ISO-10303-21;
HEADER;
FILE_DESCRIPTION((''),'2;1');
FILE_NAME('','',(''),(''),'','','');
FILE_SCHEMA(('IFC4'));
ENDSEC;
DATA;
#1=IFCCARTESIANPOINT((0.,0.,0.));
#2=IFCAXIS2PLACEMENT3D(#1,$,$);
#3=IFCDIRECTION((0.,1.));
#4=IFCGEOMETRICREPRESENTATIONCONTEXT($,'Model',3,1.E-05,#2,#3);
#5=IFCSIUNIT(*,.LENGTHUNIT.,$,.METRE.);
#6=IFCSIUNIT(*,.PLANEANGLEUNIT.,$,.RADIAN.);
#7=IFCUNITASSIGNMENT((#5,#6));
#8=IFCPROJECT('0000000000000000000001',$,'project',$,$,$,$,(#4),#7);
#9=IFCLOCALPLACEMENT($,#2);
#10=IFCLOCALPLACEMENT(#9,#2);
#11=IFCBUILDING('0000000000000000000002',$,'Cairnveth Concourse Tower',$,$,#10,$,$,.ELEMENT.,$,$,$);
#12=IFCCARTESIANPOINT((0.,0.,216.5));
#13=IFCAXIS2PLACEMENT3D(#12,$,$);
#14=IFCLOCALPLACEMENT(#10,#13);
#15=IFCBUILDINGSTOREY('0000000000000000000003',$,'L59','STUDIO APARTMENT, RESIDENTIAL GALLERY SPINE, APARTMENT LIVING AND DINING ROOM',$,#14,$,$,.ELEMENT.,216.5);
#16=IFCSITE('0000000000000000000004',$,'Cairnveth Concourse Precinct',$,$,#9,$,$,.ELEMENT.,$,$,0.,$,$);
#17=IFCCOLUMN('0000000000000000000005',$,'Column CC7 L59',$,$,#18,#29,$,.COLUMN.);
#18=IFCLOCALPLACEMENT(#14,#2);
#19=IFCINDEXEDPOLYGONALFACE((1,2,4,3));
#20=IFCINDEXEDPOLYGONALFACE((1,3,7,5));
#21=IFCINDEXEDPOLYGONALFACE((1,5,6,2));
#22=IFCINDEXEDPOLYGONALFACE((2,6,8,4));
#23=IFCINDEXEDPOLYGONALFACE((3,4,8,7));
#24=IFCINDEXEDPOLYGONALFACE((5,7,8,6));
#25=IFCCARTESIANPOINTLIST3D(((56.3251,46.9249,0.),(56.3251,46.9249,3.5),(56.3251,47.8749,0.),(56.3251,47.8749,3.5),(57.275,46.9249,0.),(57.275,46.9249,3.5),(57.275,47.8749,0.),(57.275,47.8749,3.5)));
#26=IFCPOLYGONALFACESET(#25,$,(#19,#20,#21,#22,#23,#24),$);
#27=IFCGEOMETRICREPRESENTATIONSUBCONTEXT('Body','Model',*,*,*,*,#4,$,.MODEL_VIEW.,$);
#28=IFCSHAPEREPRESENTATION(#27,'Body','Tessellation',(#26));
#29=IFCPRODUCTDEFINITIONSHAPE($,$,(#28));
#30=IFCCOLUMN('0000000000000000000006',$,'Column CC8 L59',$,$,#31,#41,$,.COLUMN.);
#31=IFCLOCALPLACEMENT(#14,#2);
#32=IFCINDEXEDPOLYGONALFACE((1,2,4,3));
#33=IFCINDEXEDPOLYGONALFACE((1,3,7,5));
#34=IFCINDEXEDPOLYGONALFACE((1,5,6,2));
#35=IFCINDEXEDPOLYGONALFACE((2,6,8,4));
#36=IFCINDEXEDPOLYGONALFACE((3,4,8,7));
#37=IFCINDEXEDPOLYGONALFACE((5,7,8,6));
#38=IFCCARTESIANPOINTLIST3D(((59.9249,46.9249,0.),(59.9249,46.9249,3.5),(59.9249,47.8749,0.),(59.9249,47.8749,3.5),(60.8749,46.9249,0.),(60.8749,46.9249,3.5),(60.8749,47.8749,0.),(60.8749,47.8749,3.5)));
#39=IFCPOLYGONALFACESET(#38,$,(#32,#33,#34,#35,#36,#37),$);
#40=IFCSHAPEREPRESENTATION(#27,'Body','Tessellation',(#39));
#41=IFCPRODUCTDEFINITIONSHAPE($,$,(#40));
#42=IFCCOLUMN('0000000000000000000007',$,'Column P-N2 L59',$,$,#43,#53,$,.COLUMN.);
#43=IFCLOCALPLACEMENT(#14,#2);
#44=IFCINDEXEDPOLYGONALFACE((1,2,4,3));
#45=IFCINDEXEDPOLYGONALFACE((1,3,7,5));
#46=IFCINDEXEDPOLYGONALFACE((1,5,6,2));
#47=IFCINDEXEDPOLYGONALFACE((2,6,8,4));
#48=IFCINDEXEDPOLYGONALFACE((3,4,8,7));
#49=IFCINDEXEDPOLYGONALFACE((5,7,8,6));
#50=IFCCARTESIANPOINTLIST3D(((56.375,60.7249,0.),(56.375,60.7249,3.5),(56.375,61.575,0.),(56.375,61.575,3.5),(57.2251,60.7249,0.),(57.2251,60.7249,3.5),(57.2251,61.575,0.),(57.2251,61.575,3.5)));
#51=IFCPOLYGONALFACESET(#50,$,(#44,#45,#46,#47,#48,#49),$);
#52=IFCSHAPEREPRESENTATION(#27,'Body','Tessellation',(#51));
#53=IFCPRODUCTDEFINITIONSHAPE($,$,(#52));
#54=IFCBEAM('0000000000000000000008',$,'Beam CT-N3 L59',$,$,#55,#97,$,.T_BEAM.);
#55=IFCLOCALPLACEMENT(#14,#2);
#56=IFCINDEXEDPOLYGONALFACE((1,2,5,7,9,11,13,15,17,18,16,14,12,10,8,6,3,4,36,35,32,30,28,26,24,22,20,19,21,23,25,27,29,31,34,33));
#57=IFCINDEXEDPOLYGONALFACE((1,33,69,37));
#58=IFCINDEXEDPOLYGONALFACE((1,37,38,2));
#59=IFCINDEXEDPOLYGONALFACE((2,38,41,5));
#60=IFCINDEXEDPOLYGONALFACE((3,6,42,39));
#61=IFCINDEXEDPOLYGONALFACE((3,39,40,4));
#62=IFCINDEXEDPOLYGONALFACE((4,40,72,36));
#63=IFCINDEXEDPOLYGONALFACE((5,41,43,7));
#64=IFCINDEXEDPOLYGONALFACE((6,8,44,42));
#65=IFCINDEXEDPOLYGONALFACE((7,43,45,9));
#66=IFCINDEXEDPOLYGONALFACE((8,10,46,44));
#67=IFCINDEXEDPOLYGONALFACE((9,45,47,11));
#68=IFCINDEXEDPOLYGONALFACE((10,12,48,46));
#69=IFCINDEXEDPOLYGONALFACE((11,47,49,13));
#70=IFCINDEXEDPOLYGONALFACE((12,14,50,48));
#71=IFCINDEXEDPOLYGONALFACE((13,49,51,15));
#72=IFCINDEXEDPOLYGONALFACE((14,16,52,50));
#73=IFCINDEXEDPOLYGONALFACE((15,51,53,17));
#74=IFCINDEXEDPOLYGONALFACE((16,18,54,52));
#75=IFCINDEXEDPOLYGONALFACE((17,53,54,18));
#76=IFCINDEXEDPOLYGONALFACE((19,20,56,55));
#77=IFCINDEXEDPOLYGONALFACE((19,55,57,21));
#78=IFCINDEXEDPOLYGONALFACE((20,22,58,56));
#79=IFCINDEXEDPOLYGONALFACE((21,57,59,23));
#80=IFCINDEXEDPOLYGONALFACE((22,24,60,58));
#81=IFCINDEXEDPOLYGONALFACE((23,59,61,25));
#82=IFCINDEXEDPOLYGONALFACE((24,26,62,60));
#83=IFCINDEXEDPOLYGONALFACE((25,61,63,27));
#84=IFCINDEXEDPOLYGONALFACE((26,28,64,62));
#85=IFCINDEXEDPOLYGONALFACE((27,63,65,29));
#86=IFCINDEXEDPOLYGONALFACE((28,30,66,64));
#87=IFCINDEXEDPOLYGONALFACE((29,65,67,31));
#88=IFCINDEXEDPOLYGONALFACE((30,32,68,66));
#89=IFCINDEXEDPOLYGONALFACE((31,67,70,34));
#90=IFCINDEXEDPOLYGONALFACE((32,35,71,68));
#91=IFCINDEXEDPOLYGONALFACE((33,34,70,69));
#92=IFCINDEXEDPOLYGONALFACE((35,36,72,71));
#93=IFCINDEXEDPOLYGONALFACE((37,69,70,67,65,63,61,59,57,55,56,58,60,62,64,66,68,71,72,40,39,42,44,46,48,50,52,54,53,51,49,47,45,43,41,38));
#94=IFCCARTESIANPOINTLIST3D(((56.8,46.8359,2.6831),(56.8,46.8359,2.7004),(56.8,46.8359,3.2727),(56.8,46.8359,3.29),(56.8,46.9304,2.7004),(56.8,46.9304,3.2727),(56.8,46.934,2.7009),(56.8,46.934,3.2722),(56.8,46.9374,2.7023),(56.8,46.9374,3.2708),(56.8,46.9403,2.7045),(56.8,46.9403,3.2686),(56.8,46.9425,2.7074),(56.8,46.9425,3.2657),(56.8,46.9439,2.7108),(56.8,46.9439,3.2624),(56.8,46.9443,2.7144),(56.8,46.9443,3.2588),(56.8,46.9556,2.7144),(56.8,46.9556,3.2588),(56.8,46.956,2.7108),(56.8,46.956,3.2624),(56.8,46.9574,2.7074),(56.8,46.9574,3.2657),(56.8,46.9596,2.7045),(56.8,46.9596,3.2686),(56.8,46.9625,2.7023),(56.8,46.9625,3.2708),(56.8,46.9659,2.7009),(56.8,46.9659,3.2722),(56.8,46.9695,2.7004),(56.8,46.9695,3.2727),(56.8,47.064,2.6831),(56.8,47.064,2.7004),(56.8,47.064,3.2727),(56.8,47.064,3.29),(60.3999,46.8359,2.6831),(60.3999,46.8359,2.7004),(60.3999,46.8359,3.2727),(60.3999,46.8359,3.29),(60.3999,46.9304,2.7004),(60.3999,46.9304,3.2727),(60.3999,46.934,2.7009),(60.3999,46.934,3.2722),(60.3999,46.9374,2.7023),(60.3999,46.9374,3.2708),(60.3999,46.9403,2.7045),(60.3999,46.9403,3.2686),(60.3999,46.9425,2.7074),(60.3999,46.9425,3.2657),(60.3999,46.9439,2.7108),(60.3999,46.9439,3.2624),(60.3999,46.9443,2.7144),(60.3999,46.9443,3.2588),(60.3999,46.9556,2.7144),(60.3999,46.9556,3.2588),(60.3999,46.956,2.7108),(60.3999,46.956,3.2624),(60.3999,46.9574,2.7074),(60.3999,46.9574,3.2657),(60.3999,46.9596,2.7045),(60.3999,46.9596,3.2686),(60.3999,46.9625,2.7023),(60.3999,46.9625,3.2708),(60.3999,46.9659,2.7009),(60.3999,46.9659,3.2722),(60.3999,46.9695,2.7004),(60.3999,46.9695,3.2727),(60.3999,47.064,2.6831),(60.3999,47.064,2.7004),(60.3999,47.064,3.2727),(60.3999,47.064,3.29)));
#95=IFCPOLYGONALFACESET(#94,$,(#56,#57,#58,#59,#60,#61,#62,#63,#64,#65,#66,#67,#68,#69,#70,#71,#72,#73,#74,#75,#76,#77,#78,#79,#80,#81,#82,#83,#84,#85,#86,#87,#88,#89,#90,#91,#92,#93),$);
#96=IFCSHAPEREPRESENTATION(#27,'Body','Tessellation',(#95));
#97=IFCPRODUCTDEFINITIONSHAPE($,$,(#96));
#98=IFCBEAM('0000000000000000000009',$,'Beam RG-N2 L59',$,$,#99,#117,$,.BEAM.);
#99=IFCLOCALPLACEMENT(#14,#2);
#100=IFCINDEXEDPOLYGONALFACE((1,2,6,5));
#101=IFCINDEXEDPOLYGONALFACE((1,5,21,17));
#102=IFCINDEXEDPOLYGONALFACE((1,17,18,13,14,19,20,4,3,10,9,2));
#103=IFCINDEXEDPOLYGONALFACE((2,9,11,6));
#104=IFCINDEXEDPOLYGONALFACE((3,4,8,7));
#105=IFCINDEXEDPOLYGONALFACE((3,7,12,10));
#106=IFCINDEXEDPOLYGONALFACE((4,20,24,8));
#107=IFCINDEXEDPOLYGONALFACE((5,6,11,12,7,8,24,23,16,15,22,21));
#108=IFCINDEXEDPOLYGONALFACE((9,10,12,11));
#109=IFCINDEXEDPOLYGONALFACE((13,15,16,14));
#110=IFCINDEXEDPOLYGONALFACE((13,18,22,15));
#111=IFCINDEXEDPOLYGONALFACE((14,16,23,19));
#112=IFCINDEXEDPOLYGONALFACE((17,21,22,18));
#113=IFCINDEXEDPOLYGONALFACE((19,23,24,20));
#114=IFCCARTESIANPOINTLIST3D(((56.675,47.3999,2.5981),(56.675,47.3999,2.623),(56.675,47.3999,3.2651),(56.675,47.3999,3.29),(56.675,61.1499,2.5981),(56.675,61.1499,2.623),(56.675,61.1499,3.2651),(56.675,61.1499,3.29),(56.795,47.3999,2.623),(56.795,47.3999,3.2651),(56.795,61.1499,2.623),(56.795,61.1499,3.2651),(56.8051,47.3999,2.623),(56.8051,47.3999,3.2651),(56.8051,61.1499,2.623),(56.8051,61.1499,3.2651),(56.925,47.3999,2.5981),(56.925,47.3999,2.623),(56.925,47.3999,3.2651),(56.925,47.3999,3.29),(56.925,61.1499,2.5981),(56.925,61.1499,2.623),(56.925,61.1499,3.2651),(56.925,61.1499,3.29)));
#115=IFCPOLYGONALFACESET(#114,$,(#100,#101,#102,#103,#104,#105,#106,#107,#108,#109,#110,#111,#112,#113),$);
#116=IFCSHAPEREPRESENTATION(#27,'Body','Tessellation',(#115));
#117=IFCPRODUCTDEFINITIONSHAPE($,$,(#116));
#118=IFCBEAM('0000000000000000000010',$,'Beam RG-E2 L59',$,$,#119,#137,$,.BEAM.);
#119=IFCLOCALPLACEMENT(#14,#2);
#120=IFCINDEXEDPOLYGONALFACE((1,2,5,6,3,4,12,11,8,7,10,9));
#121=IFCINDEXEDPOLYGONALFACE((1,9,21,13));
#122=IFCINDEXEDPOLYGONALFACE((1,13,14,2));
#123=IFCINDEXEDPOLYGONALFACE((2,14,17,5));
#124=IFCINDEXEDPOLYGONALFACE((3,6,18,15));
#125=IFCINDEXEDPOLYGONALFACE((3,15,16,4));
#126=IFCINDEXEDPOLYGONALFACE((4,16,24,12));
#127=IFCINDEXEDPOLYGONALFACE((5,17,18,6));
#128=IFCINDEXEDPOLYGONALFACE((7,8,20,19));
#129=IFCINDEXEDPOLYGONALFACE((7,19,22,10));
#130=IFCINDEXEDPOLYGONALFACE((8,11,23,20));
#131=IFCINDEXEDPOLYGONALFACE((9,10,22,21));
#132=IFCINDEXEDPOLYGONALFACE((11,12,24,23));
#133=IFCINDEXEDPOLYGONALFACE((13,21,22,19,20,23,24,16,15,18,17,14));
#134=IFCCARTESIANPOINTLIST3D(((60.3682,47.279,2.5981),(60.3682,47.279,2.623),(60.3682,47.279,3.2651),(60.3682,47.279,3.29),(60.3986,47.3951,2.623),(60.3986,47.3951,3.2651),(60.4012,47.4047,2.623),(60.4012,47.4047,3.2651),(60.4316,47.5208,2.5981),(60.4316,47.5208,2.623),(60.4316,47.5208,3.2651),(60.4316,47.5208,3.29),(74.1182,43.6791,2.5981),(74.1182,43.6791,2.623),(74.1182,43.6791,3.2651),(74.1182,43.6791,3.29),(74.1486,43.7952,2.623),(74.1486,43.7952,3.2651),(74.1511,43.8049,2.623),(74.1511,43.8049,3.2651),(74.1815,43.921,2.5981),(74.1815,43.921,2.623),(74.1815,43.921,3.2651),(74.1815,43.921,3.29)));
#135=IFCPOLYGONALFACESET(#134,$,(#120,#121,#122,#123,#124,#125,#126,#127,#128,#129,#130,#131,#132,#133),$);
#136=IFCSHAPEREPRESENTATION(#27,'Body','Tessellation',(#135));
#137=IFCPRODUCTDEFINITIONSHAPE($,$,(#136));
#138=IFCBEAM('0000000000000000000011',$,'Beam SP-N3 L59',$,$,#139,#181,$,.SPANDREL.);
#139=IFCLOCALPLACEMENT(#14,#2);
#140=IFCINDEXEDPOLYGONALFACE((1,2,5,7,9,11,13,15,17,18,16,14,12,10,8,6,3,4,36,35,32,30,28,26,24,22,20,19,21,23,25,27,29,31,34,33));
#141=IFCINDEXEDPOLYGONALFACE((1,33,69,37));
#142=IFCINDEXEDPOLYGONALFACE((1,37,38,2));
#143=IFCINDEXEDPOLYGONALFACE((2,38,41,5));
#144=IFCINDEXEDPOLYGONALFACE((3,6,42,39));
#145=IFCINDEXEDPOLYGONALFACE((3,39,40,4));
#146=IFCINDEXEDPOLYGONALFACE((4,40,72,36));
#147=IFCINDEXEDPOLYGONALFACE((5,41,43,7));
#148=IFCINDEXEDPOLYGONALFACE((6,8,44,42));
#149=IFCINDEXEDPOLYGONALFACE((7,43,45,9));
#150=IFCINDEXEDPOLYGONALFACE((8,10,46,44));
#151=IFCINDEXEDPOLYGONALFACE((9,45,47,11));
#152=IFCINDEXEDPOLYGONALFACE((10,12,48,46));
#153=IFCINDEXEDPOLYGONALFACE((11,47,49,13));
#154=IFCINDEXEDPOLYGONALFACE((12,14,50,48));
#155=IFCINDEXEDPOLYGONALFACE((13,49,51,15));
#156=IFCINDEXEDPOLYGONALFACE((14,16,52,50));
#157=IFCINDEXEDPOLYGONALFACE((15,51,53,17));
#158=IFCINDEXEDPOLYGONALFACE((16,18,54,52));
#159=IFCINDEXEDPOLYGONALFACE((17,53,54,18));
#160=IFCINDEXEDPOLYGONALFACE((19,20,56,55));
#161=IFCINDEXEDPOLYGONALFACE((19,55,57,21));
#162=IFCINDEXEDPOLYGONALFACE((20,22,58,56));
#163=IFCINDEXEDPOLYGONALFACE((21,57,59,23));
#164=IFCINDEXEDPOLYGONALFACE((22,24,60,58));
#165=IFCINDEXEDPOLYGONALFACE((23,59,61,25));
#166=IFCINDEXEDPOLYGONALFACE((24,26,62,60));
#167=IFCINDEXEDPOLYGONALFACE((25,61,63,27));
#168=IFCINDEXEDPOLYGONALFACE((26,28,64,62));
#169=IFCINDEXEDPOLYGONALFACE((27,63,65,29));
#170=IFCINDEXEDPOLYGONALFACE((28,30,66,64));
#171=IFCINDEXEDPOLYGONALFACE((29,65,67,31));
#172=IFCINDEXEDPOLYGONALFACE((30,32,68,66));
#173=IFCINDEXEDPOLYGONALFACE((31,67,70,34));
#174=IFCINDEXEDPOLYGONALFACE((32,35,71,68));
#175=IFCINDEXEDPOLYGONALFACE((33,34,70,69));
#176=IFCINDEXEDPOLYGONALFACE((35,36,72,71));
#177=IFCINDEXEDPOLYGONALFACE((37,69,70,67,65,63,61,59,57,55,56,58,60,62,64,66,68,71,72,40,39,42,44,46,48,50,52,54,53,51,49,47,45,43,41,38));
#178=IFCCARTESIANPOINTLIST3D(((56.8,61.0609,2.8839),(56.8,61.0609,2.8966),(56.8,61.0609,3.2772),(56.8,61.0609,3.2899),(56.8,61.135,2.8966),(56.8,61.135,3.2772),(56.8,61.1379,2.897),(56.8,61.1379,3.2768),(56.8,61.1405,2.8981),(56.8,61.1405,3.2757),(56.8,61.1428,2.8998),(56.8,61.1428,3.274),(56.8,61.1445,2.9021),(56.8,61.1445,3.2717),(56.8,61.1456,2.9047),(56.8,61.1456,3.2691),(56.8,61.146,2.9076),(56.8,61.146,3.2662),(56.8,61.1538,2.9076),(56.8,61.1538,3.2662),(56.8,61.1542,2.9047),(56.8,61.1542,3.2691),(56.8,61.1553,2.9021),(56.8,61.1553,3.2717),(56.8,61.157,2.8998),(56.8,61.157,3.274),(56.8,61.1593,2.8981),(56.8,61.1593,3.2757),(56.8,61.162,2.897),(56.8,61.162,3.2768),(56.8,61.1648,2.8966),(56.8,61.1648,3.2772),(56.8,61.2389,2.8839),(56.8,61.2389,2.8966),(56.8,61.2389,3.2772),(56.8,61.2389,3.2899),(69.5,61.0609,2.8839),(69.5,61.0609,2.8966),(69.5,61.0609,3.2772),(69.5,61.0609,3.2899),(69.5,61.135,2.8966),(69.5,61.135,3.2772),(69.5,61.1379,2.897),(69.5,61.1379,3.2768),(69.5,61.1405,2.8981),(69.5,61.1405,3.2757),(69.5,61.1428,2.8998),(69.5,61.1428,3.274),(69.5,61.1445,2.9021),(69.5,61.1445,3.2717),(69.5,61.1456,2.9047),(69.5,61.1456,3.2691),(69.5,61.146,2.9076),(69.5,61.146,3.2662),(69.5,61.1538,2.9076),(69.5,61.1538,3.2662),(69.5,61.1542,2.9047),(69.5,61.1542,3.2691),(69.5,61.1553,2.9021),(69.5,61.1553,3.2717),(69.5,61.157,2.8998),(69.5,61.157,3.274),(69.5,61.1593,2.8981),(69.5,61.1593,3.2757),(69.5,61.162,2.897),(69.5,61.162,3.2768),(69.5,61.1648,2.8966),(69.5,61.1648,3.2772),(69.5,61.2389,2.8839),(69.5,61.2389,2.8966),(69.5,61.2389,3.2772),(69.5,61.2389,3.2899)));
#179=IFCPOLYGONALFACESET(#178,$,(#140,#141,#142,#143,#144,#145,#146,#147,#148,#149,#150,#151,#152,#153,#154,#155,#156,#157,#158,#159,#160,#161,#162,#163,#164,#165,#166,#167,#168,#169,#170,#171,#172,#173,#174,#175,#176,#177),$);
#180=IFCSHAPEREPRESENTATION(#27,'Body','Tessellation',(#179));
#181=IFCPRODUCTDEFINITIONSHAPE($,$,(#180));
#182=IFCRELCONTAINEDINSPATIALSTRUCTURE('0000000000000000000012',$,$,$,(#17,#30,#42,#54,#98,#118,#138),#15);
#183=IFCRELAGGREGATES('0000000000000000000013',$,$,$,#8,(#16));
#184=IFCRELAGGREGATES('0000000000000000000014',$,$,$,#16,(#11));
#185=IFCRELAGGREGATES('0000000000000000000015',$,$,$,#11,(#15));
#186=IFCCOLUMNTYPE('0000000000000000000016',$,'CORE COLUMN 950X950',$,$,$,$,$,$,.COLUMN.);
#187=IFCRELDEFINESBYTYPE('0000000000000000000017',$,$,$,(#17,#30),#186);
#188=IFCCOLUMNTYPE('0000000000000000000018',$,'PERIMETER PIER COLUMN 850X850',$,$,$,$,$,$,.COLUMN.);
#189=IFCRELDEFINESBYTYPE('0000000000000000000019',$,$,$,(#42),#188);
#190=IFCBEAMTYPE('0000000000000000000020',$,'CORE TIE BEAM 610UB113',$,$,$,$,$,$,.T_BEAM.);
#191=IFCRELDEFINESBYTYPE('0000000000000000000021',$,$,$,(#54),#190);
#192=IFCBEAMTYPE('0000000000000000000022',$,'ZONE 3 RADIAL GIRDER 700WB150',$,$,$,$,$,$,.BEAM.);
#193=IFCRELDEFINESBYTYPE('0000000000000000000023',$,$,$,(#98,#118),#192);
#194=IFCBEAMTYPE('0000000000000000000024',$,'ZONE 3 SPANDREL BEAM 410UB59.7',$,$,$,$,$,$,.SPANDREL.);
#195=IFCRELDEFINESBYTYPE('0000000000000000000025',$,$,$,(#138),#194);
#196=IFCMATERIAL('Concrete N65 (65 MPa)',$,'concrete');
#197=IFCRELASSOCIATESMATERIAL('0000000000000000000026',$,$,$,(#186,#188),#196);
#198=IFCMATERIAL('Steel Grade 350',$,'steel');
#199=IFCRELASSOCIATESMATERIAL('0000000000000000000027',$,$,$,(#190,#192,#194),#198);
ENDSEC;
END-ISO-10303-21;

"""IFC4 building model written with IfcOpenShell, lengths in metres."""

from ifc_helpers import new_model, si_unit, direction, frame, origin, origin_2d, place, context, subcontext, project, spatial, rectangle, i_section, extrude, material, material_profile, profile_set, type_object, element, save


model = new_model("IFC4")

# Units and contexts
model_context = context("Model", 3, precision=1e-05, world=origin(), true_north=direction((0.0, 1.0)))
body_context = subcontext(model_context, "Body", "Model", "MODEL_VIEW")
ifc_project = project(units=[si_unit("LENGTHUNIT", "METRE"), si_unit("PLANEANGLEUNIT", "RADIAN")], contexts=[model_context])

# Site, building, storey
site_placement = place(None, origin())
site = spatial("IfcSite", under=ifc_project, at=site_placement, Name="Cairnveth Concourse Precinct", CompositionType="ELEMENT", RefElevation=0.0)
building_placement = place(site_placement, origin())
building = spatial("IfcBuilding", under=site, at=building_placement, Name="Cairnveth Concourse Tower", CompositionType="ELEMENT")
storey_placement = place(building_placement, frame((0.0, 0.0, 216.5)))
storey = spatial("IfcBuildingStorey", under=building, at=storey_placement, Name="L59", Description="STUDIO APARTMENT, RESIDENTIAL GALLERY SPINE, APARTMENT LIVING AND DINING ROOM", CompositionType="ELEMENT", Elevation=216.5)

# Columns
ifc_material_1 = material(Name="Concrete N65 (65 MPa)", Category="concrete")
ifc_material_profile_1 = material_profile(ifc_material_1, rectangle(XDim=0.95, YDim=0.95, at=origin_2d()), Name="RC-COL-950x950")
ifc_profile_set_1 = profile_set([ifc_material_profile_1], Name="Concrete N65 (65 MPa)")
column_type_1 = type_object("IfcColumnType", Name="CORE COLUMN 950X950", PredefinedType="COLUMN", material=ifc_profile_set_1)
for number, where, z_axis, x_axis, name in (
    (1, (56.8, 47.3999, 0.0), (0.0, 0.0, 1.0), (1.0, 0.0, 0.0), "Column CC7 L59"),
    (2, (60.3999, 47.3999, 0.0), (0.0, 0.0, 1.0), (1.0, 0.0, 0.0), "Column CC8 L59"),
):
    element("IfcColumn", number, at=place(storey_placement, frame(where, z_axis=z_axis, x_axis=x_axis)), inside=storey, type_object=column_type_1, Name=name, PredefinedType="COLUMN", context=body_context, shape_type="SweptSolid", body=[
        extrude(rectangle(XDim=0.95, YDim=0.95, at=origin_2d()), origin(), (0.0, 0.0, 1.0), 3.5),
    ])
ifc_material_profile_2 = material_profile(ifc_material_1, rectangle(XDim=0.8501, YDim=0.8501, at=origin_2d()), Name="RC-COL-850x850")
ifc_profile_set_2 = profile_set([ifc_material_profile_2], Name="Concrete N65 (65 MPa)")
column_type_2 = type_object("IfcColumnType", Name="PERIMETER PIER COLUMN 850X850", PredefinedType="COLUMN", material=ifc_profile_set_2)
column_placement = place(storey_placement, frame((56.8, 61.1499, 0.0), z_axis=(0.0, 0.0, 1.0), x_axis=(1.0, 0.0, 0.0)))
element("IfcColumn", 3, at=column_placement, inside=storey, type_object=column_type_2, Name="Column P-N2 L59", PredefinedType="COLUMN", context=body_context, shape_type="SweptSolid", body=[
    extrude(rectangle(XDim=0.8501, YDim=0.8501, at=origin_2d()), origin(), (0.0, 0.0, 1.0), 3.5),
])

# Beams
ifc_material_2 = material(Name="Steel Grade 350", Category="steel")
ifc_material_profile_3 = material_profile(ifc_material_2, i_section(OverallWidth=0.228, OverallDepth=0.6069, WebThickness=0.0112, FlangeThickness=0.0173, FilletRadius=0.0139, at=origin_2d()), Name="610UB113")
ifc_profile_set_3 = profile_set([ifc_material_profile_3], Name="Steel Grade 350")
beam_type_1 = type_object("IfcBeamType", Name="CORE TIE BEAM 610UB113", PredefinedType="T_BEAM", material=ifc_profile_set_3)
beam_1_placement = place(storey_placement, frame((56.8, 46.95, 2.9866), z_axis=(1.0, 0.0, 0.0), x_axis=(0.0, 1.0, 0.0)))
element("IfcBeam", 4, at=beam_1_placement, inside=storey, type_object=beam_type_1, Name="Beam CT-N3 L59", PredefinedType="T_BEAM", context=body_context, shape_type="SweptSolid", body=[
    extrude(i_section(OverallWidth=0.228, OverallDepth=0.6069, WebThickness=0.0112, FlangeThickness=0.0173, FilletRadius=0.0139, at=origin_2d()), origin(), (0.0, 0.0, 1.0), 3.5999),
])
ifc_material_profile_4 = material_profile(ifc_material_2, i_section(OverallWidth=0.25, OverallDepth=0.6919, WebThickness=0.01, FlangeThickness=0.0249, at=origin_2d()), Name="700WB150")
ifc_profile_set_4 = profile_set([ifc_material_profile_4], Name="Steel Grade 350")
beam_type_2 = type_object("IfcBeamType", Name="ZONE 3 RADIAL GIRDER 700WB150", PredefinedType="BEAM", material=ifc_profile_set_4)
beam_2_placement = place(storey_placement, frame((56.8, 47.3999, 2.9441), z_axis=(0.0, 1.0, 0.0), x_axis=(-1.0, 0.0, 0.0)))
element("IfcBeam", 5, at=beam_2_placement, inside=storey, type_object=beam_type_2, Name="Beam RG-N2 L59", PredefinedType="BEAM", context=body_context, shape_type="SweptSolid", body=[
    extrude(i_section(OverallWidth=0.25, OverallDepth=0.6919, WebThickness=0.01, FlangeThickness=0.0249, at=origin_2d()), origin(), (0.0, 0.0, 1.0), 13.75),
])
beam_3_placement = place(storey_placement, frame((60.3999, 47.3999, 2.9441), z_axis=(0.967395, -0.253271, 0.0), x_axis=(0.253271, 0.967395, 0.0)))
element("IfcBeam", 6, at=beam_3_placement, inside=storey, type_object=beam_type_2, Name="Beam RG-E2 L59", PredefinedType="BEAM", context=body_context, shape_type="SweptSolid", body=[
    extrude(i_section(OverallWidth=0.25, OverallDepth=0.6919, WebThickness=0.01, FlangeThickness=0.0249, at=origin_2d()), origin(), (0.0, 0.0, 1.0), 14.2134),
])
ifc_material_profile_5 = material_profile(ifc_material_2, i_section(OverallWidth=0.178, OverallDepth=0.406, WebThickness=0.0078, FlangeThickness=0.0127, FilletRadius=0.011, at=origin_2d()), Name="410UB59.7")
ifc_profile_set_5 = profile_set([ifc_material_profile_5], Name="Steel Grade 350")
beam_type_3 = type_object("IfcBeamType", Name="ZONE 3 SPANDREL BEAM 410UB59.7", PredefinedType="SPANDREL", material=ifc_profile_set_5)
beam_4_placement = place(storey_placement, frame((56.8, 61.1499, 3.0869), z_axis=(1.0, 0.0, 0.0), x_axis=(0.0, 1.0, 0.0)))
element("IfcBeam", 7, at=beam_4_placement, inside=storey, type_object=beam_type_3, Name="Beam SP-N3 L59", PredefinedType="SPANDREL", context=body_context, shape_type="SweptSolid", body=[
    extrude(i_section(OverallWidth=0.178, OverallDepth=0.406, WebThickness=0.0078, FlangeThickness=0.0127, FilletRadius=0.011, at=origin_2d()), origin(), (0.0, 0.0, 1.0), 12.7),
])

save(model, "model.ifc")
